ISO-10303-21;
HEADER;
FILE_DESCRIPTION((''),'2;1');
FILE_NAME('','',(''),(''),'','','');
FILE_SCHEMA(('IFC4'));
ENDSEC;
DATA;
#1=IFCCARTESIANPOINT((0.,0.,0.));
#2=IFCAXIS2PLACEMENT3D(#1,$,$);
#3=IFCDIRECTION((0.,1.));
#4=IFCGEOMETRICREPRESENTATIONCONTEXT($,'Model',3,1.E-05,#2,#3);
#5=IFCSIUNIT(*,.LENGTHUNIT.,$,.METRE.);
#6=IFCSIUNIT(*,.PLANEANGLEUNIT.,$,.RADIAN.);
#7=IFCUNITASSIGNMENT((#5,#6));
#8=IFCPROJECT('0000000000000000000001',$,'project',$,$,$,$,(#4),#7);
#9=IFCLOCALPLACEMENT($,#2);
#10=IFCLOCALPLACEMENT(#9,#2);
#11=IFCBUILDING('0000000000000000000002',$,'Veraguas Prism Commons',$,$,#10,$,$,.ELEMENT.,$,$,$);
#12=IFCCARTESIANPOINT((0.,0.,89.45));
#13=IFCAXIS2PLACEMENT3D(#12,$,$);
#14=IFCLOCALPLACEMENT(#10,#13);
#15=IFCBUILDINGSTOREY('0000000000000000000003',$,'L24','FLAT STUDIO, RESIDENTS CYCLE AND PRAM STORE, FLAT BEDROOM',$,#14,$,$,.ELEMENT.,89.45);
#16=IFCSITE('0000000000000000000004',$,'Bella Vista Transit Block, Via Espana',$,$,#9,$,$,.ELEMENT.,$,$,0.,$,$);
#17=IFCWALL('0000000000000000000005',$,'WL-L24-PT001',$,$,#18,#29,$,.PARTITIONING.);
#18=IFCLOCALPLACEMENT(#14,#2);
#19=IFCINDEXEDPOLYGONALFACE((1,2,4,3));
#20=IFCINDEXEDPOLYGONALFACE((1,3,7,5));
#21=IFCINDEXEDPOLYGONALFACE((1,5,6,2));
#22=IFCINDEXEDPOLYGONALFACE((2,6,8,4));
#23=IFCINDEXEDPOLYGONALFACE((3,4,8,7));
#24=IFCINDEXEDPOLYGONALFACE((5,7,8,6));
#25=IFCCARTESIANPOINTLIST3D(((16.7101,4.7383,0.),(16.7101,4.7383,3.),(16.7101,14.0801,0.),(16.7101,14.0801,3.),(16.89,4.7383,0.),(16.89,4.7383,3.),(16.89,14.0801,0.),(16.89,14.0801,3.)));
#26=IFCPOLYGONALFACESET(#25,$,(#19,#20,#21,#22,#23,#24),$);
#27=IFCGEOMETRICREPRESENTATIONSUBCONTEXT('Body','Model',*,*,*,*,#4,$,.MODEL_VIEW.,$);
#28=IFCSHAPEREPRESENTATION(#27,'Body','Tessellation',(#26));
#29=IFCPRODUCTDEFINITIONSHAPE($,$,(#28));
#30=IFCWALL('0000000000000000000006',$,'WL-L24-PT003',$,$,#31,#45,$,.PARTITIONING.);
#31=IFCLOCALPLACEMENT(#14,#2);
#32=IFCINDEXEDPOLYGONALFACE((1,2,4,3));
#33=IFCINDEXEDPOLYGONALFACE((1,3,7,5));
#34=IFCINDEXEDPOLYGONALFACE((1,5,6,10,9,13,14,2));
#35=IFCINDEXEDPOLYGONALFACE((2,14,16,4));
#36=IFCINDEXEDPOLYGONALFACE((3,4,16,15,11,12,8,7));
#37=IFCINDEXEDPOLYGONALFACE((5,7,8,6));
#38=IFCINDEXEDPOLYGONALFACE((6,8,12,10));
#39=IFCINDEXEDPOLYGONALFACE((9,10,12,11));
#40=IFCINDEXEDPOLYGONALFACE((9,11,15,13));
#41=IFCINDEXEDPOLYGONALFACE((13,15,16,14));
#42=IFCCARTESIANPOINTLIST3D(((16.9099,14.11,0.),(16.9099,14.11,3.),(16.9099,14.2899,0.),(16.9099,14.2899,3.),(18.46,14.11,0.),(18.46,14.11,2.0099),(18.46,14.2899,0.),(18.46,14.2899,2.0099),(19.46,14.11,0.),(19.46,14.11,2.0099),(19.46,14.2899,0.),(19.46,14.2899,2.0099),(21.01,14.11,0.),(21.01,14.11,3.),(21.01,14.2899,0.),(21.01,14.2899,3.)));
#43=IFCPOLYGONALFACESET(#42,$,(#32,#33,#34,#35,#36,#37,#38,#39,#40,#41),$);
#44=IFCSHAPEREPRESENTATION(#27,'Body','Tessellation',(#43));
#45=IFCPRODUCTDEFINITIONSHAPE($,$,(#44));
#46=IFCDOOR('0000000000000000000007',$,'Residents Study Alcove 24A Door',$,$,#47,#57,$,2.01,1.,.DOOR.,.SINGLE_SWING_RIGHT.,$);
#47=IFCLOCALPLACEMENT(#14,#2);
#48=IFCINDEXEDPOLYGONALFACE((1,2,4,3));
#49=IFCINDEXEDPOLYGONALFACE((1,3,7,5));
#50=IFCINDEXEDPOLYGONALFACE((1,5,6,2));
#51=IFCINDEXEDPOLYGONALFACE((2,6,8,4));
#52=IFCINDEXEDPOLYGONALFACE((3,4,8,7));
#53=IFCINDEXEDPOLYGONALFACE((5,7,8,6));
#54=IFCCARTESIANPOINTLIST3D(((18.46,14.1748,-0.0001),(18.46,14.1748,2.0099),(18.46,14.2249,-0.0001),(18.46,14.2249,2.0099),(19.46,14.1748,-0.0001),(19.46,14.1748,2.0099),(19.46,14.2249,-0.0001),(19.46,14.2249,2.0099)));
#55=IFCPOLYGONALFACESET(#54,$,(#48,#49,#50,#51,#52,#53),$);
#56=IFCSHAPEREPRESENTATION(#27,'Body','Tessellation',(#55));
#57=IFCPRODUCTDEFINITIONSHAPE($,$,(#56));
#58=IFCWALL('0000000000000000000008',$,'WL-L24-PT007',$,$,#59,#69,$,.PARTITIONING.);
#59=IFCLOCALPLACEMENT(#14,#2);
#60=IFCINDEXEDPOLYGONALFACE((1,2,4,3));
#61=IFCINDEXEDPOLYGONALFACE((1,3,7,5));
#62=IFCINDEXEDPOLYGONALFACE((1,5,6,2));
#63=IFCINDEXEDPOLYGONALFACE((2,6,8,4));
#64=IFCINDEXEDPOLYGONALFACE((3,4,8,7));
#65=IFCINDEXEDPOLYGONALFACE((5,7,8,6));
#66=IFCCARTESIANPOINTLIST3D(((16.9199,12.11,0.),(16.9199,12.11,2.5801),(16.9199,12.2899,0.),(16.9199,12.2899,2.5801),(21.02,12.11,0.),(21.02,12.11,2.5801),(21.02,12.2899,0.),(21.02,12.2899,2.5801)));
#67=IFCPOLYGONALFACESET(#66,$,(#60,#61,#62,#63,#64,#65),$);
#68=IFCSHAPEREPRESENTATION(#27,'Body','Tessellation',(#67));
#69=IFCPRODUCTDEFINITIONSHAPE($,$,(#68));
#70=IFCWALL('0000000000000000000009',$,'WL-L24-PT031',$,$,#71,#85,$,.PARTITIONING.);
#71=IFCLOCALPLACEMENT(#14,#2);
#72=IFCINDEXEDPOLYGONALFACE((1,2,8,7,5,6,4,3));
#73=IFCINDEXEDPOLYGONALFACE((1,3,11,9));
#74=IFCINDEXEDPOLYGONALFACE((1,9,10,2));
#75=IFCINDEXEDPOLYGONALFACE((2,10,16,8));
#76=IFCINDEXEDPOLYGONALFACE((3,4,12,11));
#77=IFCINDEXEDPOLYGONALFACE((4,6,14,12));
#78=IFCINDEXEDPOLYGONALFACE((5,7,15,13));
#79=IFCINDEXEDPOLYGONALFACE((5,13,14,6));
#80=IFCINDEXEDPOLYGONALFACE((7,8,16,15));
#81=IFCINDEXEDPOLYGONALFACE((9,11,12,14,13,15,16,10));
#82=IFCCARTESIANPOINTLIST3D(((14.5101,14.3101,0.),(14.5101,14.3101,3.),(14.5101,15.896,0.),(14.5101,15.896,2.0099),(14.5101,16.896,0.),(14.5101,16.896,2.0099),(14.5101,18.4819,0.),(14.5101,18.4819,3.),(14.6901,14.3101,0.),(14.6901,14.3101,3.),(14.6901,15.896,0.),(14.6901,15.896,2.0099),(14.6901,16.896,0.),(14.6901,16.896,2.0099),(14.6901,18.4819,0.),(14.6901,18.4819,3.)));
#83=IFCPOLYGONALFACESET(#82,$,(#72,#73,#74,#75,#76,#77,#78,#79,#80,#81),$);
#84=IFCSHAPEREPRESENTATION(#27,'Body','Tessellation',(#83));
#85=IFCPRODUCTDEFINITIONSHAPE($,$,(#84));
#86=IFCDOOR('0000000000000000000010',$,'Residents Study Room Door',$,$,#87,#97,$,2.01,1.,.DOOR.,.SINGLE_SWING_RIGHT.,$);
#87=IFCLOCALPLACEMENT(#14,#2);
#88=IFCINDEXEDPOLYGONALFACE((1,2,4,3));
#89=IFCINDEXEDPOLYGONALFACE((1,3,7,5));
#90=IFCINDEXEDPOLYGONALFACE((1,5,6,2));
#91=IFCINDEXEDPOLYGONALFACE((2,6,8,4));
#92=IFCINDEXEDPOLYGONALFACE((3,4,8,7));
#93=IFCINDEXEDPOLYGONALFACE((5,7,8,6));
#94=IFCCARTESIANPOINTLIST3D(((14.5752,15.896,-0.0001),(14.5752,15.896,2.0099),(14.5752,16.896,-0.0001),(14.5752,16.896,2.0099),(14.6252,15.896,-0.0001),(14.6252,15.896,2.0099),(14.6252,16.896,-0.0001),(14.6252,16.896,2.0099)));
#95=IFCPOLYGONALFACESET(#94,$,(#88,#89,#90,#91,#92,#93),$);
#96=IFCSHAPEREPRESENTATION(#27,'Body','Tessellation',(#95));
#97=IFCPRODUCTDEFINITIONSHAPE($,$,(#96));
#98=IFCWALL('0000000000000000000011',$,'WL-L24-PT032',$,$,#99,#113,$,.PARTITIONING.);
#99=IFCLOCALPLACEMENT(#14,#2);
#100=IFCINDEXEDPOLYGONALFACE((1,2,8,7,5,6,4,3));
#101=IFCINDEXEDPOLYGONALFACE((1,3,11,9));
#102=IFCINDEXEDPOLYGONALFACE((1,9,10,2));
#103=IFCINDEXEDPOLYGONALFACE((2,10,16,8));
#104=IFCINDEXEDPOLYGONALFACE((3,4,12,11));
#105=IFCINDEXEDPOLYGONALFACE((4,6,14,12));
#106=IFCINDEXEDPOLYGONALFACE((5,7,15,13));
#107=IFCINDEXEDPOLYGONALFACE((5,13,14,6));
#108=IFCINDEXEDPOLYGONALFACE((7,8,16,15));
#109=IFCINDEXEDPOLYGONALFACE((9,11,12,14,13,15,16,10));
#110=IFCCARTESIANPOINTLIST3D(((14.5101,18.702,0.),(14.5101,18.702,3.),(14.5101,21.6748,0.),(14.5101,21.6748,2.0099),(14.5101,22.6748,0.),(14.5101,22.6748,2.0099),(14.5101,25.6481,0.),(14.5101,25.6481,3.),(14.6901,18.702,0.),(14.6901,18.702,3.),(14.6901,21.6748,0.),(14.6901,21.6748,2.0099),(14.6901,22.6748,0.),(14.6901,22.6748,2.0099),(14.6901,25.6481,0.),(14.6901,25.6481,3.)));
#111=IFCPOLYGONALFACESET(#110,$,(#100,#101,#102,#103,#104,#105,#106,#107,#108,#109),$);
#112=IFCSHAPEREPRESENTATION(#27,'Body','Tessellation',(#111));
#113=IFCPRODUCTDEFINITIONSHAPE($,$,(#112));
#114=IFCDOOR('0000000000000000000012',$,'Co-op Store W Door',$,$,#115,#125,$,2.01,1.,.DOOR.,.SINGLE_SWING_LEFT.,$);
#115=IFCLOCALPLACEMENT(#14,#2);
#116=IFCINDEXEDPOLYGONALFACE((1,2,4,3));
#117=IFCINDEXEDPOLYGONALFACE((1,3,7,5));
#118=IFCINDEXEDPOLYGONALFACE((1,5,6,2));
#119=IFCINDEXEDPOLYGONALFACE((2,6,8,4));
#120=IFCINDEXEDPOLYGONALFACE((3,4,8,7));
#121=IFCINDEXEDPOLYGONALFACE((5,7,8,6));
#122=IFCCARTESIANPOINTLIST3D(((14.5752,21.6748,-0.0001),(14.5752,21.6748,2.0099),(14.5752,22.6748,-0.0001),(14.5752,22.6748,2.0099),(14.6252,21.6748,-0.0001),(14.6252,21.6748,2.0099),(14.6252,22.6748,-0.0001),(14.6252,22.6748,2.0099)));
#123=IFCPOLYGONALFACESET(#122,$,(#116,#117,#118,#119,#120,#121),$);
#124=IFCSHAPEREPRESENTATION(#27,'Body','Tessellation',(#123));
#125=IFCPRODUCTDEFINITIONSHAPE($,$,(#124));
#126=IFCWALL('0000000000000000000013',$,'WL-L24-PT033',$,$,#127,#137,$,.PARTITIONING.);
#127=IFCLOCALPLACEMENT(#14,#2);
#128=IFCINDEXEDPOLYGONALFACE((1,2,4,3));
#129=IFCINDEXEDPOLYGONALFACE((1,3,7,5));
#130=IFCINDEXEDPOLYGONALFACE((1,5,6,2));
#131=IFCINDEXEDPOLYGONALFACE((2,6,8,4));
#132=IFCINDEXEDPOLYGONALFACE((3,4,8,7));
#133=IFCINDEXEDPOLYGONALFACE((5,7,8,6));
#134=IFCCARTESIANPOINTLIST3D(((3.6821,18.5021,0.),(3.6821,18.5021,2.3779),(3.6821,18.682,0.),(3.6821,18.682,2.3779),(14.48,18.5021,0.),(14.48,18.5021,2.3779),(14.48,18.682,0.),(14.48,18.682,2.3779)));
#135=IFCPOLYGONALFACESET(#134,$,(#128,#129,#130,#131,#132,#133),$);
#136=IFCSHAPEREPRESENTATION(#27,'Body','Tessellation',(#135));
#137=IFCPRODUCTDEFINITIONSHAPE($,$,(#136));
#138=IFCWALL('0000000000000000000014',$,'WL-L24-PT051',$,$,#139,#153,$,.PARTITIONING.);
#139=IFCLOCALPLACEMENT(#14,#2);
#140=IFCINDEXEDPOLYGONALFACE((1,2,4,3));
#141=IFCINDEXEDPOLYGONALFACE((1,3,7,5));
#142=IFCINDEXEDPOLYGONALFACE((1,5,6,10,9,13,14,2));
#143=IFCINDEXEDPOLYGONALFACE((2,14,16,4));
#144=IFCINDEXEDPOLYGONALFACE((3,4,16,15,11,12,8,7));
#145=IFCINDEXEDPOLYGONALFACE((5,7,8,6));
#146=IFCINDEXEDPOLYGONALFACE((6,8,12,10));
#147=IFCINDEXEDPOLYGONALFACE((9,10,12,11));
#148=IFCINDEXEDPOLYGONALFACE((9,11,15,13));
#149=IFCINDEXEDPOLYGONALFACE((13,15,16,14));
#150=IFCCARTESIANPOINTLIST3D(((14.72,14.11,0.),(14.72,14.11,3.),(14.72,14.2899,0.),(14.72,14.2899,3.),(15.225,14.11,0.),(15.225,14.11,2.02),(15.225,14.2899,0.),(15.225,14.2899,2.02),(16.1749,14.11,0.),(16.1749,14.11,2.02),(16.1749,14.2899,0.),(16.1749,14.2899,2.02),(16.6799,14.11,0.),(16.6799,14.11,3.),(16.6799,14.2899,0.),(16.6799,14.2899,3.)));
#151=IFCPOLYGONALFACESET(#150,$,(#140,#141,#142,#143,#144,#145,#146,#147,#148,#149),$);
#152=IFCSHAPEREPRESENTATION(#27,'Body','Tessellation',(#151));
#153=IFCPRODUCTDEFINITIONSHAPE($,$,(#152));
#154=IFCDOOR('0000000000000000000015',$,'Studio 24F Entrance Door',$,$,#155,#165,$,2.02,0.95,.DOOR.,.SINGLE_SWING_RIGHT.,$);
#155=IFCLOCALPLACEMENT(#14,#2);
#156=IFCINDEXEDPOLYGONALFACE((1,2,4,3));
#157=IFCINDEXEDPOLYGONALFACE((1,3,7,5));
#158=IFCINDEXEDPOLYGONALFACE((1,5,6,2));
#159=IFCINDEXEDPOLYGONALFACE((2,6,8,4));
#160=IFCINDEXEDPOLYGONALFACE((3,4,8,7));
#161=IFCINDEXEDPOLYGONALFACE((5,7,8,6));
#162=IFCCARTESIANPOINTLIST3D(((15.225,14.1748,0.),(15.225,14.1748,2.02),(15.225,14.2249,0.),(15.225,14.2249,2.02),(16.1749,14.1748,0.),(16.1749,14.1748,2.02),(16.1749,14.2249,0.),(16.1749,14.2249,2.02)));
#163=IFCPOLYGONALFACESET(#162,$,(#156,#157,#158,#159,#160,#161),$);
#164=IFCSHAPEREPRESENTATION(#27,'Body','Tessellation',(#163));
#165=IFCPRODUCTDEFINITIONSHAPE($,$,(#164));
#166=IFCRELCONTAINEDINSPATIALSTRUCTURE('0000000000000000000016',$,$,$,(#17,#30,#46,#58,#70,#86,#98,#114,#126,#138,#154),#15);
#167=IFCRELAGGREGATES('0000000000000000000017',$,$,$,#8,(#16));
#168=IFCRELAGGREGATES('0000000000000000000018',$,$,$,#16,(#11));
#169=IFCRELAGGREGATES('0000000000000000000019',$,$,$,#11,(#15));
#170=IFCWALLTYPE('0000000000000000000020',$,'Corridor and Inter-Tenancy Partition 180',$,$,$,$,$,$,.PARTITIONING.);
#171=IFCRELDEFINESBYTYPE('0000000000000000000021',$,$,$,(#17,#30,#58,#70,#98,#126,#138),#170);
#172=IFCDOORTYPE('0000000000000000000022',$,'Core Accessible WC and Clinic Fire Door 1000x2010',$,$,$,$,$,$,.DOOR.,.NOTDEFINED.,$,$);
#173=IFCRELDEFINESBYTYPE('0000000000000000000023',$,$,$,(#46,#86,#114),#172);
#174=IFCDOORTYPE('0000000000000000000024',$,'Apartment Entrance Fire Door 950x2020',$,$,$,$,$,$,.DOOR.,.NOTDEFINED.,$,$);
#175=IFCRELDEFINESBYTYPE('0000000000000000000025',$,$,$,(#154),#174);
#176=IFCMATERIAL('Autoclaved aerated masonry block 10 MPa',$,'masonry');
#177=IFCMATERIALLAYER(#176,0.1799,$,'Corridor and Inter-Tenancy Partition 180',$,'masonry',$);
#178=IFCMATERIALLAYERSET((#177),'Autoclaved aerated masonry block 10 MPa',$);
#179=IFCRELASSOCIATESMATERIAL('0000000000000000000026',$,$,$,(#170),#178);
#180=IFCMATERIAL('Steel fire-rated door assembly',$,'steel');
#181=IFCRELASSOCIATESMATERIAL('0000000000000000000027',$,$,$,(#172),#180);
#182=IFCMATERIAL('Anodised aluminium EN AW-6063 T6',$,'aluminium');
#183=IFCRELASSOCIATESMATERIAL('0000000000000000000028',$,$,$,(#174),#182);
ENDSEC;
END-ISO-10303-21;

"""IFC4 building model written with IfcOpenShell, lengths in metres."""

from ifc_helpers import new_model, si_unit, direction, frame, frame_2d, origin, place, context, subcontext, project, spatial, rectangle, extrude, source, transform, mapped, material, layer, layer_set, type_object, element, fill, save


model = new_model("IFC4")

# Units and contexts
model_context = context("Model", 3, precision=1e-05, world=origin(), true_north=direction((0.0, 1.0)))
body_context = subcontext(model_context, "Body", "Model", "MODEL_VIEW")
ifc_project = project(units=[si_unit("LENGTHUNIT", "METRE"), si_unit("PLANEANGLEUNIT", "RADIAN")], contexts=[model_context])

# Site, building, storey
site_placement = place(None, origin())
site = spatial("IfcSite", under=ifc_project, at=site_placement, Name="Bella Vista Transit Block, Via Espana", CompositionType="ELEMENT", RefElevation=0.0)
building_placement = place(site_placement, origin())
building = spatial("IfcBuilding", under=site, at=building_placement, Name="Veraguas Prism Commons", CompositionType="ELEMENT")
storey_placement = place(building_placement, frame((0.0, 0.0, 89.45)))
storey = spatial("IfcBuildingStorey", under=building, at=storey_placement, Name="L24", Description="FLAT STUDIO, RESIDENTS CYCLE AND PRAM STORE, FLAT BEDROOM", CompositionType="ELEMENT", Elevation=89.45)

# Shared definitions
ifc_material_1 = material(Name="Steel fire-rated door assembly", Category="steel")

# Wall
ifc_material_2 = material(Name="Autoclaved aerated masonry block 10 MPa", Category="masonry")
ifc_layer_1 = layer(ifc_material_2, 0.1799, Name="Corridor and Inter-Tenancy Partition 180", Category="masonry")
ifc_layer_set_1 = layer_set([ifc_layer_1], Name="Autoclaved aerated masonry block 10 MPa")
wall_type_1 = type_object("IfcWallType", Name="Corridor and Inter-Tenancy Partition 180", PredefinedType="PARTITIONING", material=ifc_layer_set_1)
wall_1_placement = place(storey_placement, frame((16.8, 14.0801, 0.0), z_axis=(0.0, 0.0, 1.0), x_axis=(0.0, -1.0, 0.0)))
element("IfcWall", 1, at=wall_1_placement, inside=storey, type_object=wall_type_1, Name="WL-L24-PT001", PredefinedType="PARTITIONING", context=body_context, shape_type="SweptSolid", body=[
    extrude(rectangle(XDim=9.3418, YDim=0.1799, at=frame_2d((4.6709, 0.0))), origin(), (0.0, 0.0, 1.0), 3.0),
])

# Wall, opening, door
wall_2_placement = place(storey_placement, frame((16.9099, 14.2, 0.0), z_axis=(0.0, 0.0, 1.0), x_axis=(1.0, 0.0, 0.0)))
wall_2 = element("IfcWall", 2, at=wall_2_placement, inside=storey, type_object=wall_type_1, Name="WL-L24-PT003", PredefinedType="PARTITIONING", context=body_context, shape_type="SweptSolid", body=[
    extrude(rectangle(XDim=4.1001, YDim=0.1799, at=frame_2d((2.05, 0.0))), origin(), (0.0, 0.0, 1.0), 3.0),
])
opening_1_placement = place(wall_2_placement, frame((1.55, 0.0, 0.0)))
opening_1 = element("IfcOpeningElement", 3, at=opening_1_placement, cuts=wall_2, PredefinedType="OPENING", context=body_context, shape_type="SweptSolid", body=[
    extrude(rectangle(XDim=1.0, YDim=2.01, at=frame_2d((0.5, 1.0049))), frame((0.0, 0.0999, 0.0), z_axis=(0.0, -1.0, 0.0), x_axis=(1.0, 0.0, 0.0)), (0.0, 0.0, 1.0), 0.2),
])
door_type_1 = type_object("IfcDoorType", Name="Core Accessible WC and Clinic Fire Door 1000x2010", OperationType="NOTDEFINED", PredefinedType="DOOR", material=ifc_material_1)
shared_shape_1 = source(origin(), body_context, "Body", "SweptSolid", [
    extrude(rectangle(XDim=1.0, YDim=2.01, at=frame_2d((0.5, 1.0049))), frame((0.0, 0.0249, 0.0), z_axis=(0.0, -1.0, 0.0), x_axis=(1.0, 0.0, 0.0)), (0.0, 0.0, 1.0), 0.05),
])
door_1_placement = place(opening_1_placement, origin())
door_1 = element("IfcDoor", 4, at=door_1_placement, inside=storey, type_object=door_type_1, Name="Residents Study Alcove 24A Door", OperationType="SINGLE_SWING_RIGHT", OverallHeight=2.01, OverallWidth=1.0, PredefinedType="DOOR", context=body_context, shape_type="MappedRepresentation", body=[
    mapped(shared_shape_1, transform((0.0, 0.0, 0.0), scale=1.0)),
])
fill(opening_1, door_1)

# Wall
wall_3_placement = place(storey_placement, frame((16.9199, 12.2, 0.0), z_axis=(0.0, 0.0, 1.0), x_axis=(1.0, 0.0, 0.0)))
element("IfcWall", 5, at=wall_3_placement, inside=storey, type_object=wall_type_1, Name="WL-L24-PT007", PredefinedType="PARTITIONING", context=body_context, shape_type="SweptSolid", body=[
    extrude(rectangle(XDim=4.1001, YDim=0.1799, at=frame_2d((2.05, 0.0))), origin(), (0.0, 0.0, 1.0), 2.5801),
])

# Walls, openings, doors
wall_4_placement = place(storey_placement, frame((14.6001, 14.3101, 0.0), z_axis=(0.0, 0.0, 1.0), x_axis=(0.0, 1.0, 0.0)))
wall_4 = element("IfcWall", 6, at=wall_4_placement, inside=storey, type_object=wall_type_1, Name="WL-L24-PT031", PredefinedType="PARTITIONING", context=body_context, shape_type="SweptSolid", body=[
    extrude(rectangle(XDim=4.1719, YDim=0.1799, at=frame_2d((2.0859, 0.0))), origin(), (0.0, 0.0, 1.0), 3.0),
])
opening_2_placement = place(wall_4_placement, frame((1.5859, 0.0, 0.0)))
opening_2 = element("IfcOpeningElement", 7, at=opening_2_placement, cuts=wall_4, PredefinedType="OPENING", context=body_context, shape_type="SweptSolid", body=[
    extrude(rectangle(XDim=1.0, YDim=2.01, at=frame_2d((0.5, 1.0049))), frame((0.0, 0.0999, 0.0), z_axis=(0.0, -1.0, 0.0), x_axis=(1.0, 0.0, 0.0)), (0.0, 0.0, 1.0), 0.2),
])
door_2_placement = place(opening_2_placement, origin())
door_2 = element("IfcDoor", 8, at=door_2_placement, inside=storey, type_object=door_type_1, Name="Residents Study Room Door", OperationType="SINGLE_SWING_RIGHT", OverallHeight=2.01, OverallWidth=1.0, PredefinedType="DOOR", context=body_context, shape_type="MappedRepresentation", body=[
    mapped(shared_shape_1, transform((0.0, 0.0, 0.0), scale=1.0)),
])
fill(opening_2, door_2)
wall_5_placement = place(storey_placement, frame((14.6001, 18.7019, 0.0), z_axis=(0.0, 0.0, 1.0), x_axis=(0.0, 1.0, 0.0)))
wall_5 = element("IfcWall", 9, at=wall_5_placement, inside=storey, type_object=wall_type_1, Name="WL-L24-PT032", PredefinedType="PARTITIONING", context=body_context, shape_type="SweptSolid", body=[
    extrude(rectangle(XDim=6.946, YDim=0.1799, at=frame_2d((3.4731, 0.0))), origin(), (0.0, 0.0, 1.0), 3.0),
])
opening_3_placement = place(wall_5_placement, frame((2.9729, 0.0, 0.0)))
opening_3 = element("IfcOpeningElement", 10, at=opening_3_placement, cuts=wall_5, PredefinedType="OPENING", context=body_context, shape_type="SweptSolid", body=[
    extrude(rectangle(XDim=1.0, YDim=2.01, at=frame_2d((0.5, 1.0049))), frame((0.0, 0.0999, 0.0), z_axis=(0.0, -1.0, 0.0), x_axis=(1.0, 0.0, 0.0)), (0.0, 0.0, 1.0), 0.2),
])
door_3_placement = place(opening_3_placement, origin())
door_3 = element("IfcDoor", 11, at=door_3_placement, inside=storey, type_object=door_type_1, Name="Co-op Store W Door", OperationType="SINGLE_SWING_LEFT", OverallHeight=2.01, OverallWidth=1.0, PredefinedType="DOOR", context=body_context, shape_type="MappedRepresentation", body=[
    mapped(shared_shape_1, transform((0.0, 0.0, 0.0), scale=1.0)),
])
fill(opening_3, door_3)

# Wall
wall_6_placement = place(storey_placement, frame((14.48, 18.592, 0.0), z_axis=(0.0, 0.0, 1.0), x_axis=(-1.0, 0.0, 0.0)))
element("IfcWall", 12, at=wall_6_placement, inside=storey, type_object=wall_type_1, Name="WL-L24-PT033", PredefinedType="PARTITIONING", context=body_context, shape_type="SweptSolid", body=[
    extrude(rectangle(XDim=10.7979, YDim=0.1799, at=frame_2d((5.3989, 0.0))), origin(), (0.0, 0.0, 1.0), 2.3779),
])

# Wall, opening, door
wall_7_placement = place(storey_placement, frame((14.72, 14.2, 0.0), z_axis=(0.0, 0.0, 1.0), x_axis=(1.0, 0.0, 0.0)))
wall_7 = element("IfcWall", 13, at=wall_7_placement, inside=storey, type_object=wall_type_1, Name="WL-L24-PT051", PredefinedType="PARTITIONING", context=body_context, shape_type="SweptSolid", body=[
    extrude(rectangle(XDim=1.96, YDim=0.1799, at=frame_2d((0.98, 0.0))), origin(), (0.0, 0.0, 1.0), 3.0),
])
opening_4_placement = place(wall_7_placement, frame((0.5049, 0.0, 0.0)))
opening_4 = element("IfcOpeningElement", 14, at=opening_4_placement, cuts=wall_7, PredefinedType="OPENING", context=body_context, shape_type="SweptSolid", body=[
    extrude(rectangle(XDim=0.95, YDim=2.02, at=frame_2d((0.4751, 1.01))), frame((0.0, 0.0999, 0.0), z_axis=(0.0, -1.0, 0.0), x_axis=(1.0, 0.0, 0.0)), (0.0, 0.0, 1.0), 0.2),
])
ifc_material_3 = material(Name="Anodised aluminium EN AW-6063 T6", Category="aluminium")
door_type_2 = type_object("IfcDoorType", Name="Apartment Entrance Fire Door 950x2020", OperationType="NOTDEFINED", PredefinedType="DOOR", material=ifc_material_3)
shared_shape_2 = source(origin(), body_context, "Body", "SweptSolid", [
    extrude(rectangle(XDim=0.95, YDim=2.02, at=frame_2d((0.4751, 1.01))), frame((0.0, 0.0249, 0.0), z_axis=(0.0, -1.0, 0.0), x_axis=(1.0, 0.0, 0.0)), (0.0, 0.0, 1.0), 0.05),
])
door_4_placement = place(opening_4_placement, origin())
door_4 = element("IfcDoor", 15, at=door_4_placement, inside=storey, type_object=door_type_2, Name="Studio 24F Entrance Door", OperationType="SINGLE_SWING_RIGHT", OverallHeight=2.02, OverallWidth=0.95, PredefinedType="DOOR", context=body_context, shape_type="MappedRepresentation", body=[
    mapped(shared_shape_2, transform((0.0, 0.0, 0.0), scale=1.0)),
])
fill(opening_4, door_4)

save(model, "model.ifc")
